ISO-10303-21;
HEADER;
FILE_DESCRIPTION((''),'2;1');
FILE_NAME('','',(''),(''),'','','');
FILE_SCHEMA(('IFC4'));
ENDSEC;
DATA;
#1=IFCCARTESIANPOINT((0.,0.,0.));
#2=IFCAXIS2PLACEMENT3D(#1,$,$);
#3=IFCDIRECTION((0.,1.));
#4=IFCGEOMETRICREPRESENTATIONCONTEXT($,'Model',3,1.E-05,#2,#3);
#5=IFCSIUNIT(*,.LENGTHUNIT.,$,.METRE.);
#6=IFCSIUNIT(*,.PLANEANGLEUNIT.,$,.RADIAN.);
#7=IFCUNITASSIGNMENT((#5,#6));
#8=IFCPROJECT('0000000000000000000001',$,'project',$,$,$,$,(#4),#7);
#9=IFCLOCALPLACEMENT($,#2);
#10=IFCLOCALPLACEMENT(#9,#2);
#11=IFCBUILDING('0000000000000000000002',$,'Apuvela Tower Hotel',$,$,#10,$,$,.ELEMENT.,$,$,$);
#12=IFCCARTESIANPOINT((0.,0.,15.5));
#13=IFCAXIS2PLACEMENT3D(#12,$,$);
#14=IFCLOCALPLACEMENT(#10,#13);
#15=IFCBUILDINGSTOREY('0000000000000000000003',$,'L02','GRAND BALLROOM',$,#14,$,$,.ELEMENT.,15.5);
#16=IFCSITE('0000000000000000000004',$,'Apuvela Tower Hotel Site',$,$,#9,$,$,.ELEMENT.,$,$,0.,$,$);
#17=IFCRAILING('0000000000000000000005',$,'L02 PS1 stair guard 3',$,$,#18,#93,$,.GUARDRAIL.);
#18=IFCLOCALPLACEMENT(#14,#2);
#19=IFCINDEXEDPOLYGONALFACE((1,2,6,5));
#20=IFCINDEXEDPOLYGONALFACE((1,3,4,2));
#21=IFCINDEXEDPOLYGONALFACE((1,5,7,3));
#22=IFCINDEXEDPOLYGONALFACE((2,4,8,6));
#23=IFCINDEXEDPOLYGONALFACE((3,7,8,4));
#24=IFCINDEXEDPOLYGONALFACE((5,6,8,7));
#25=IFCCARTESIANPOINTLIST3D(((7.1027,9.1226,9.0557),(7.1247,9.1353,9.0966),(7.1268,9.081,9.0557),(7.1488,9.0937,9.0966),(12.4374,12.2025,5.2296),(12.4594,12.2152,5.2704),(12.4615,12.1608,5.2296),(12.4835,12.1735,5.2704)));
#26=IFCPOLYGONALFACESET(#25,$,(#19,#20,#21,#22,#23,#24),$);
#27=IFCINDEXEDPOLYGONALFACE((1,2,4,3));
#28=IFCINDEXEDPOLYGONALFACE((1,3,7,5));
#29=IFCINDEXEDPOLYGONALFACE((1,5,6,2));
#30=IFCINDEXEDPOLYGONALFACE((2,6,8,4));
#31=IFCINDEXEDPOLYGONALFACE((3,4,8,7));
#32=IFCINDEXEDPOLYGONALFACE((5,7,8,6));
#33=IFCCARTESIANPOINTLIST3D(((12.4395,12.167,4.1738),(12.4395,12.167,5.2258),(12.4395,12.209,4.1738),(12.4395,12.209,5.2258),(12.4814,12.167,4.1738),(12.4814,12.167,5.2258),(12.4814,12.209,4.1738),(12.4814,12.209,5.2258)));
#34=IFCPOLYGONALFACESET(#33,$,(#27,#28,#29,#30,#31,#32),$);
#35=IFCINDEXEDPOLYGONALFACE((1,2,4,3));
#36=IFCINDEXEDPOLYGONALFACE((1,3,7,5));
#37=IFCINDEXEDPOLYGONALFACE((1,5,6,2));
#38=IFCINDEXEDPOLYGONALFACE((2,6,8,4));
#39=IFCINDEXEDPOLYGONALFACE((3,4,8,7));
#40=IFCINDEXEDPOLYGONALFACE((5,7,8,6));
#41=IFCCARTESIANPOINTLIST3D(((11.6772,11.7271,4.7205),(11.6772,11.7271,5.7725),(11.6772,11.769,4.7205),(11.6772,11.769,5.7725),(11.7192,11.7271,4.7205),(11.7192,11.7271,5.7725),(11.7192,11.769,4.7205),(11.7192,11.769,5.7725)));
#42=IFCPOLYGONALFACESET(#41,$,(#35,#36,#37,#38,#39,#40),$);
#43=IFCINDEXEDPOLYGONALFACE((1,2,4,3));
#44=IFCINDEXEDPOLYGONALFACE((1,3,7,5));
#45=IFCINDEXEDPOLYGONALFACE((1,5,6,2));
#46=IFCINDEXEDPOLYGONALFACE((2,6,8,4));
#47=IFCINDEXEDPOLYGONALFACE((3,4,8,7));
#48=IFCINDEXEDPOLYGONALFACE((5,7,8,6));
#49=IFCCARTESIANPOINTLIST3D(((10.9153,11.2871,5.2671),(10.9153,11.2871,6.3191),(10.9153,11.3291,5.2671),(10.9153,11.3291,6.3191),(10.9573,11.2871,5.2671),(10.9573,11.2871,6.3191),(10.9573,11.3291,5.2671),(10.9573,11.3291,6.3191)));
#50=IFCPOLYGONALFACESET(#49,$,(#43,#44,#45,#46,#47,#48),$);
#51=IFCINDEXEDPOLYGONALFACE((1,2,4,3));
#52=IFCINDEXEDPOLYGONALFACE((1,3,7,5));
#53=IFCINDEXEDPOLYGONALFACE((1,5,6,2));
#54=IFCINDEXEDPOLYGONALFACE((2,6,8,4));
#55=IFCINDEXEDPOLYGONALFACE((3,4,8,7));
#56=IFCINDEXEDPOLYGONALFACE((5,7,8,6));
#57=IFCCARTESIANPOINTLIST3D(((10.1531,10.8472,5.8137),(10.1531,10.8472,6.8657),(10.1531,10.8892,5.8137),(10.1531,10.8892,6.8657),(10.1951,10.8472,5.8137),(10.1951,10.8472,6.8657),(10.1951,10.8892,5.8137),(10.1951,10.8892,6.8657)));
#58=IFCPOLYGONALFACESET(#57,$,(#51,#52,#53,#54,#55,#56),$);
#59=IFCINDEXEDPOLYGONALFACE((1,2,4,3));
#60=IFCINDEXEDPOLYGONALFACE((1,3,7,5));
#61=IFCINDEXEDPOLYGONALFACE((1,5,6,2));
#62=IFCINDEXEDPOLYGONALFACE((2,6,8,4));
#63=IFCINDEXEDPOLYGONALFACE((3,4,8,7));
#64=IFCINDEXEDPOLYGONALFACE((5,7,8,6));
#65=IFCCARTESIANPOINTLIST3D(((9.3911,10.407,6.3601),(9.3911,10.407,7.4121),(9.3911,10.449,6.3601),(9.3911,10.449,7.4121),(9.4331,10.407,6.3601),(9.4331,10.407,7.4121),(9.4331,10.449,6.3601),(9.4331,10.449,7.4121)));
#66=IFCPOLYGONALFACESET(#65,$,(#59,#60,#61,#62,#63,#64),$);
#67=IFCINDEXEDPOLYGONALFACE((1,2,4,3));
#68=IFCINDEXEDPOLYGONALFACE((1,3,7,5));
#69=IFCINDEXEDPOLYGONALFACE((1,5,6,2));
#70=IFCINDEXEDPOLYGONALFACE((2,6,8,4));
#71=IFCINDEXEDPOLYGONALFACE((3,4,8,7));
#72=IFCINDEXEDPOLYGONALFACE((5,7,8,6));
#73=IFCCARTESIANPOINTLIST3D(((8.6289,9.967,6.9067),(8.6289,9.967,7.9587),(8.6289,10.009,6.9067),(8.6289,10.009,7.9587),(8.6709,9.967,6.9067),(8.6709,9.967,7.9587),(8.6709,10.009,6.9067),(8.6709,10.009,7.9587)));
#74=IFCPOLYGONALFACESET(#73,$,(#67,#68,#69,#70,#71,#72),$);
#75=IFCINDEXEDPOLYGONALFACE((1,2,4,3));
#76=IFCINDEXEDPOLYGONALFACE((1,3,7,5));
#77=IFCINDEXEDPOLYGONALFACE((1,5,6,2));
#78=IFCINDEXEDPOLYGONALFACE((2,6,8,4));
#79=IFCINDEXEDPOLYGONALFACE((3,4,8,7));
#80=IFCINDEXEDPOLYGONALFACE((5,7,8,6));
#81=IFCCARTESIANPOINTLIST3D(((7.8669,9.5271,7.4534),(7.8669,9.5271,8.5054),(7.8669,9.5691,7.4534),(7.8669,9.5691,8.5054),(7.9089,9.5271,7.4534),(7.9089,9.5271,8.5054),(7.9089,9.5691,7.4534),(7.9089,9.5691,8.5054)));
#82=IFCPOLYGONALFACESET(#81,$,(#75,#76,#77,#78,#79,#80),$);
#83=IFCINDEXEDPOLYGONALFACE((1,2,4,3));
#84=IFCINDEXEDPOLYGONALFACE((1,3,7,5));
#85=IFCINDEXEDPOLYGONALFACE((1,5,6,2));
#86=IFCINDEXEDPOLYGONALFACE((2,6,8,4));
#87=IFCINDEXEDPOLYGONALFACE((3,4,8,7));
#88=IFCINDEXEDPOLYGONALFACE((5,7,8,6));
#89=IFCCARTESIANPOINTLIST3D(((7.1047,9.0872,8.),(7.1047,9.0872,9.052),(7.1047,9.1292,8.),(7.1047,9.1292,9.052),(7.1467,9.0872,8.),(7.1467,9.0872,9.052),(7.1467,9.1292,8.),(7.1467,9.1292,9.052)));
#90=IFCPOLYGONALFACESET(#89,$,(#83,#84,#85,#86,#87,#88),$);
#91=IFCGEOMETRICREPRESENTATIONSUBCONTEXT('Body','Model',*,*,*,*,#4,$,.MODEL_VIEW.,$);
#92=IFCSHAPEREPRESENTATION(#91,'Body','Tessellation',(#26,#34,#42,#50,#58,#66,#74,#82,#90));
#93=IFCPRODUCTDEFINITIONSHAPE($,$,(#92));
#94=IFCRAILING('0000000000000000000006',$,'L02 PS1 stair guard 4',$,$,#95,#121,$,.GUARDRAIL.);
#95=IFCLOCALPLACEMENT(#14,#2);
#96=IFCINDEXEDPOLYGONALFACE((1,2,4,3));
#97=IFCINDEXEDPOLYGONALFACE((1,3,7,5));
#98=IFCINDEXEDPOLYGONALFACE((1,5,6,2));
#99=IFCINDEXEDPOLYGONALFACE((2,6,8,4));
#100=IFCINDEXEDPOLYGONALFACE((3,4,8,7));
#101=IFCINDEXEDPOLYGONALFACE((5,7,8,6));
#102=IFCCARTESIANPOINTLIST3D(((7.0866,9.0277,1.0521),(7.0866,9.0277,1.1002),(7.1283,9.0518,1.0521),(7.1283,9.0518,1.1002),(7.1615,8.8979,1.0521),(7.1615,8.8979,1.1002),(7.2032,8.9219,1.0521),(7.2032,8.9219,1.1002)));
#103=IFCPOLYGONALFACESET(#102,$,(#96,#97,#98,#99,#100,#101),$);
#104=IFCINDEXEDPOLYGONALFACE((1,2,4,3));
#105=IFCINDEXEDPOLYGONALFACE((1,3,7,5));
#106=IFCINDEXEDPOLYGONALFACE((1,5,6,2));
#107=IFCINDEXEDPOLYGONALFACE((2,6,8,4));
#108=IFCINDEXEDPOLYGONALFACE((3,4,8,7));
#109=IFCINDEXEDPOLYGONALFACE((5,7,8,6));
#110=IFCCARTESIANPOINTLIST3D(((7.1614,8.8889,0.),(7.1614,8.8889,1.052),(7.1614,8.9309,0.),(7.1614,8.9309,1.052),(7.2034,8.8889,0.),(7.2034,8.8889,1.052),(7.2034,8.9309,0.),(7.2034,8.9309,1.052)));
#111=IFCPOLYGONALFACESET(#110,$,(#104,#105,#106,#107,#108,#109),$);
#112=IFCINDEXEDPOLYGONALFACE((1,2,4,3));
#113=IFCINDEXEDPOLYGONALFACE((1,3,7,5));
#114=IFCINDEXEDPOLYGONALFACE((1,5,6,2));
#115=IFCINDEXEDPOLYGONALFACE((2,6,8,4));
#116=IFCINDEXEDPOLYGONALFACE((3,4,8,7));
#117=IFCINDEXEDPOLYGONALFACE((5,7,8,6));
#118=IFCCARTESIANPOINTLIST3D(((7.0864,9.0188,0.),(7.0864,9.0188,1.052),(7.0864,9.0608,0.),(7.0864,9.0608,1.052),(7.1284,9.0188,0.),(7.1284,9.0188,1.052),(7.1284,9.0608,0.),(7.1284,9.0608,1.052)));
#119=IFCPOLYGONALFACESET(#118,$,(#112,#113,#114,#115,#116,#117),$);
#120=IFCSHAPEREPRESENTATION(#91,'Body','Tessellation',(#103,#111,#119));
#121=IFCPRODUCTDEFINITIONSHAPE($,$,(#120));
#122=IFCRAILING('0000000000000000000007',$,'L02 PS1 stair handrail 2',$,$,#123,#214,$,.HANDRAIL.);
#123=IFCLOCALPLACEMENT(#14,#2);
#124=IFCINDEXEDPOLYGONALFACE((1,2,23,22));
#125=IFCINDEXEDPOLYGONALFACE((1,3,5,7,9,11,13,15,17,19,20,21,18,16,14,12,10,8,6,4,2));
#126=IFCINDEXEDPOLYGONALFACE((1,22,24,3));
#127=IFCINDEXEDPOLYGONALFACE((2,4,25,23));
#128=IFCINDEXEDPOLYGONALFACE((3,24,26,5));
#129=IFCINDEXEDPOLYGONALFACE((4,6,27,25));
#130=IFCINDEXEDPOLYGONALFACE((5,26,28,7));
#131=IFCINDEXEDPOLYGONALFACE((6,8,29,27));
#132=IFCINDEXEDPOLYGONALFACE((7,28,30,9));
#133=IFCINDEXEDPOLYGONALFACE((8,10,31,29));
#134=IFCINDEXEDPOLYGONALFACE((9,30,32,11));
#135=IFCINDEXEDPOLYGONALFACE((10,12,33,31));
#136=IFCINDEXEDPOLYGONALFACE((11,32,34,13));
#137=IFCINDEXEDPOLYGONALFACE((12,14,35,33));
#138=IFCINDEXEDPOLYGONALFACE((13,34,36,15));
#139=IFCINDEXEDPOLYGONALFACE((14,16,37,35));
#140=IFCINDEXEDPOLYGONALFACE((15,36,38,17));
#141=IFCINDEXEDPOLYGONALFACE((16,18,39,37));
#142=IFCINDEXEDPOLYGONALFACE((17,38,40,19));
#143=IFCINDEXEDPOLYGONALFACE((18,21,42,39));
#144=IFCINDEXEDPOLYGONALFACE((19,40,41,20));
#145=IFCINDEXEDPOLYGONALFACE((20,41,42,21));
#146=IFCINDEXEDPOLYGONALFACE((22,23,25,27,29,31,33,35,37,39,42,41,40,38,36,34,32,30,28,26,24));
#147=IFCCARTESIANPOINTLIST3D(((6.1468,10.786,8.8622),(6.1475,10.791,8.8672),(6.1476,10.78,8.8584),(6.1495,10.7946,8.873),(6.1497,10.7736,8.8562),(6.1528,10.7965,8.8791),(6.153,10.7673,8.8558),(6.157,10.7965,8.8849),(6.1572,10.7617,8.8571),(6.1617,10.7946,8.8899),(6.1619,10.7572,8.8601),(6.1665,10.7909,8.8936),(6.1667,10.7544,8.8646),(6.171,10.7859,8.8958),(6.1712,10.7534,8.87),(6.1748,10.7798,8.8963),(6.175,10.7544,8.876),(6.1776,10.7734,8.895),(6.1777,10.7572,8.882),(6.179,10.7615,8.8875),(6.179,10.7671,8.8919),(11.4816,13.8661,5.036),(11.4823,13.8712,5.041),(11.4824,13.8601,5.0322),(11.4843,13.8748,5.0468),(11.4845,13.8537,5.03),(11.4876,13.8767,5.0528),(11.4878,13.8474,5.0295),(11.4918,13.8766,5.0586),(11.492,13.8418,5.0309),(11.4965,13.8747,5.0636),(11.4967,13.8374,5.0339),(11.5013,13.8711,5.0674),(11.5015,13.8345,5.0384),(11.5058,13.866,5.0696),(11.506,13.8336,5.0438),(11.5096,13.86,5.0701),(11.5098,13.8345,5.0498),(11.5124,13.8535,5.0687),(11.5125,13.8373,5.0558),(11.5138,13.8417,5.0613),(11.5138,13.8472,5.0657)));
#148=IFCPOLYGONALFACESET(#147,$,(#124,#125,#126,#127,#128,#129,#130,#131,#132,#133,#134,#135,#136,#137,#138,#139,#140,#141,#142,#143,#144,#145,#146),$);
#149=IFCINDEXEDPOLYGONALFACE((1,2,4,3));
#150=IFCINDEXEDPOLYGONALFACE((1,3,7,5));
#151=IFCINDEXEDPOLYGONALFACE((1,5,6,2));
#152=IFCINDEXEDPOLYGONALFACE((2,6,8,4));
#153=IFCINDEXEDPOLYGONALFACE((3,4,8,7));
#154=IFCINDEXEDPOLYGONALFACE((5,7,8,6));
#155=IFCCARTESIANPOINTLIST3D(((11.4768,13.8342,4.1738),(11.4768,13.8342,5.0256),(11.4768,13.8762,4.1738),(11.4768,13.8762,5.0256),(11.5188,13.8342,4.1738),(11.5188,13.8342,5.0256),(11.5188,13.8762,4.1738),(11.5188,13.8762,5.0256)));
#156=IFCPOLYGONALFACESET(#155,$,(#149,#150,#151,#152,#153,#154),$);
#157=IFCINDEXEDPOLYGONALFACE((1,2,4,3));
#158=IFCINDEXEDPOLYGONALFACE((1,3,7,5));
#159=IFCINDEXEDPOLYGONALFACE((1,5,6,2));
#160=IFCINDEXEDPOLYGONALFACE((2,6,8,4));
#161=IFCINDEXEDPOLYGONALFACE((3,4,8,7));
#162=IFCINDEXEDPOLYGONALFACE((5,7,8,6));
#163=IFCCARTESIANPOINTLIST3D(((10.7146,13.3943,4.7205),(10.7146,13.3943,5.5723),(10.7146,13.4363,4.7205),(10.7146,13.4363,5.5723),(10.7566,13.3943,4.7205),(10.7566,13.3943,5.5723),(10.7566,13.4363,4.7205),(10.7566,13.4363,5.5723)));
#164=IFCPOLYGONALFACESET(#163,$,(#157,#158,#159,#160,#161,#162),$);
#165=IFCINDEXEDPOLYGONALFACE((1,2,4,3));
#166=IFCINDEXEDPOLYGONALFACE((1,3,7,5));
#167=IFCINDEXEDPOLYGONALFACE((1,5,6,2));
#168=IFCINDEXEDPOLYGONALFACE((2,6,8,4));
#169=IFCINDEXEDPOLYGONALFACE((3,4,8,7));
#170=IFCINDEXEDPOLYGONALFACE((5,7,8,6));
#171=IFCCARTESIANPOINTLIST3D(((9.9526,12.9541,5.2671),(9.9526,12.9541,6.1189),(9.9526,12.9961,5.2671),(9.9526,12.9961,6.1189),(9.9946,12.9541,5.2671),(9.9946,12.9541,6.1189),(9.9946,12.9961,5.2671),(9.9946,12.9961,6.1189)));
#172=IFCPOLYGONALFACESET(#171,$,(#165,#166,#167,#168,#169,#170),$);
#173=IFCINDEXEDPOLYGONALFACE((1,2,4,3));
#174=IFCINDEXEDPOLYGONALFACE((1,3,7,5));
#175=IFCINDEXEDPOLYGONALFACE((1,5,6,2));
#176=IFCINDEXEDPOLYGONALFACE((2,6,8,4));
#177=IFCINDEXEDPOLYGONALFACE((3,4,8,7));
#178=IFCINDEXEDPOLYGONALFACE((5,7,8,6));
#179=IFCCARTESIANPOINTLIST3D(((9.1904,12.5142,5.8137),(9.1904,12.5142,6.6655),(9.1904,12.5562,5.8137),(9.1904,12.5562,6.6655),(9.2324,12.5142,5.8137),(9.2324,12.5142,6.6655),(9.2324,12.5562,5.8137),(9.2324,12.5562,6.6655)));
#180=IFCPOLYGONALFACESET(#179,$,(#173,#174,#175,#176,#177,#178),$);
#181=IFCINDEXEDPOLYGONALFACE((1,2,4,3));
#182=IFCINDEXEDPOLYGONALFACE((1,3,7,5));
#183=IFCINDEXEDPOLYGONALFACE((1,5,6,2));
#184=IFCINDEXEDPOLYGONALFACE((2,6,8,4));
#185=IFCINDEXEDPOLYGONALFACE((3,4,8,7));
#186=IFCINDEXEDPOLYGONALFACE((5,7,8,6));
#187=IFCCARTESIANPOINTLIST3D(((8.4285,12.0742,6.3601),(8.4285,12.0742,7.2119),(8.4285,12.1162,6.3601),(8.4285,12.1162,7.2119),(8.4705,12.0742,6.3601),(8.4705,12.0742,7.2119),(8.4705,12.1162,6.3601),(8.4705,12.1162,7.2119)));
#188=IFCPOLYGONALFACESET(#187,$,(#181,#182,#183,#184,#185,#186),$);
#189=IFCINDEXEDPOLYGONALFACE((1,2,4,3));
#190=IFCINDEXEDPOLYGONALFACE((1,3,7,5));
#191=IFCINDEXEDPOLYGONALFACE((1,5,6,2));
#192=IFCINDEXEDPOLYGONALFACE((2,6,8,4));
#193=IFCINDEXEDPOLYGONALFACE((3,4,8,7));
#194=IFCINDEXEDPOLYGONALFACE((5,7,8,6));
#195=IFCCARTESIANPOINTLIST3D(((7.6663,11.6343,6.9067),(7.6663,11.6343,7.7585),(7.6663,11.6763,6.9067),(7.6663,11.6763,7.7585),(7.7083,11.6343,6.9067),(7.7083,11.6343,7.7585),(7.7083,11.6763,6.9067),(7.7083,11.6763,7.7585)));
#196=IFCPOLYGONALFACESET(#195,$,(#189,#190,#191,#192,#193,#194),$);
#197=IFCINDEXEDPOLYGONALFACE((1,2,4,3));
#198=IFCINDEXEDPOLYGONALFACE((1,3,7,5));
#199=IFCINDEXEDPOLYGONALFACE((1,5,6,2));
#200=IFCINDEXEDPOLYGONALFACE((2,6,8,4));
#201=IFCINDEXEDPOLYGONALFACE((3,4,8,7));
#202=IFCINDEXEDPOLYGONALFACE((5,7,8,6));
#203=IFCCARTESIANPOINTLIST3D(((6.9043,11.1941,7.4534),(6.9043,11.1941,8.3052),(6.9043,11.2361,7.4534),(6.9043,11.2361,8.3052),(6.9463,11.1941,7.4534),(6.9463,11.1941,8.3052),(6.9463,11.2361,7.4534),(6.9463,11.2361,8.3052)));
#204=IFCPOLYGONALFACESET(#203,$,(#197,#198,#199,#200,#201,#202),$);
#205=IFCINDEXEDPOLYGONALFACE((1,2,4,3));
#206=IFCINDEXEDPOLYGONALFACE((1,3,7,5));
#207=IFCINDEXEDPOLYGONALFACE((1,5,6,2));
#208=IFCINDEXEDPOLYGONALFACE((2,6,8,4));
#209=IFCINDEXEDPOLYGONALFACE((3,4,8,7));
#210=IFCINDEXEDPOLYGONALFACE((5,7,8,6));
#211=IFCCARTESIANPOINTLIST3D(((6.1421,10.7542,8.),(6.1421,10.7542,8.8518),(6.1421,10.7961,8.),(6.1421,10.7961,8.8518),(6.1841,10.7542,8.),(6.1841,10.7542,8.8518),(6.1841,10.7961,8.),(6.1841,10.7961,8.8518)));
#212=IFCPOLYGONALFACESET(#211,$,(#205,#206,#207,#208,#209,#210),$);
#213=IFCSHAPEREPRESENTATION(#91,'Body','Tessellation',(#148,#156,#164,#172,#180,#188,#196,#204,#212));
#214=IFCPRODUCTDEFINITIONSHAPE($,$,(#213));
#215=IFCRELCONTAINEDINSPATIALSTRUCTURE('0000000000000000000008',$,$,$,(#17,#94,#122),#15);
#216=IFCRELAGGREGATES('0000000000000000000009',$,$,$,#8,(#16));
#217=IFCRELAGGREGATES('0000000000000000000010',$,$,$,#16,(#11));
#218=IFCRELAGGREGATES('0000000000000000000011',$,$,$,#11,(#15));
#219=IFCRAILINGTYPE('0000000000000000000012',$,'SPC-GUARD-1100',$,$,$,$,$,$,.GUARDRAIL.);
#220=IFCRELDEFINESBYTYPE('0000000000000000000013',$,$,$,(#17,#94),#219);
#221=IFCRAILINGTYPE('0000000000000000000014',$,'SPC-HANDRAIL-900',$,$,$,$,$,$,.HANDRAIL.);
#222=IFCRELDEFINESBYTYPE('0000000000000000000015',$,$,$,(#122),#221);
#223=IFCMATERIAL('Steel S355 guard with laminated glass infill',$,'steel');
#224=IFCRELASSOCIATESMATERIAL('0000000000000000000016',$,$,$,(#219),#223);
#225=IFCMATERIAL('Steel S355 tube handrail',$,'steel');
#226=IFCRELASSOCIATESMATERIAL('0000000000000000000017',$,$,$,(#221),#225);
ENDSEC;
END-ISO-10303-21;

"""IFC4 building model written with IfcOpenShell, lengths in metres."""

from ifc_helpers import new_model, si_unit, direction, frame, origin, origin_2d, place, context, subcontext, project, spatial, rectangle, circle, extrude, material, type_object, element, save


model = new_model("IFC4")

# Units and contexts
model_context = context("Model", 3, precision=1e-05, world=origin(), true_north=direction((0.0, 1.0)))
body_context = subcontext(model_context, "Body", "Model", "MODEL_VIEW")
ifc_project = project(units=[si_unit("LENGTHUNIT", "METRE"), si_unit("PLANEANGLEUNIT", "RADIAN")], contexts=[model_context])

# Site, building, storey
site_placement = place(None, origin())
site = spatial("IfcSite", under=ifc_project, at=site_placement, Name="Apuvela Tower Hotel Site", CompositionType="ELEMENT", RefElevation=0.0)
building_placement = place(site_placement, origin())
building = spatial("IfcBuilding", under=site, at=building_placement, Name="Apuvela Tower Hotel", CompositionType="ELEMENT")
storey_placement = place(building_placement, frame((0.0, 0.0, 15.5)))
storey = spatial("IfcBuildingStorey", under=building, at=storey_placement, Name="L02", Description="GRAND BALLROOM", CompositionType="ELEMENT", Elevation=15.5)

# Railings
ifc_material_1 = material(Name="Steel S355 guard with laminated glass infill", Category="steel")
railing_type_1 = type_object("IfcRailingType", Name="SPC-GUARD-1100", PredefinedType="GUARDRAIL", material=ifc_material_1)
railing_1_placement = place(storey_placement, frame((12.4604, 12.188, 4.1738)))
element("IfcRailing", 1, at=railing_1_placement, inside=storey, type_object=railing_type_1, Name="L02 PS1 stair guard 3", PredefinedType="GUARDRAIL", context=body_context, shape_type="SweptSolid", body=[
    extrude(rectangle(XDim=0.0481, YDim=0.0481, at=origin_2d()), frame((0.0, 0.0, 1.0762), z_axis=(-0.735671, -0.424717, 0.527639), x_axis=(0.49998, -0.866037, 0.0)), (0.0, 0.0, 1.0), 7.2515),
    extrude(rectangle(XDim=0.042, YDim=0.042, at=origin_2d()), origin(), (0.0, 0.0, 1.0), 1.052),
    extrude(rectangle(XDim=0.042, YDim=0.042, at=origin_2d()), frame((-0.7622, -0.4399, 0.5466)), (0.0, 0.0, 1.0), 1.052),
    extrude(rectangle(XDim=0.042, YDim=0.042, at=origin_2d()), frame((-1.5242, -0.8799, 1.0933)), (0.0, 0.0, 1.0), 1.052),
    extrude(rectangle(XDim=0.042, YDim=0.042, at=origin_2d()), frame((-2.2864, -1.3198, 1.6399)), (0.0, 0.0, 1.0), 1.052),
    extrude(rectangle(XDim=0.042, YDim=0.042, at=origin_2d()), frame((-3.0483, -1.76, 2.1863)), (0.0, 0.0, 1.0), 1.052),
    extrude(rectangle(XDim=0.042, YDim=0.042, at=origin_2d()), frame((-3.8105, -2.2, 2.7329)), (0.0, 0.0, 1.0), 1.052),
    extrude(rectangle(XDim=0.042, YDim=0.042, at=origin_2d()), frame((-4.5725, -2.6399, 3.2795)), (0.0, 0.0, 1.0), 1.052),
    extrude(rectangle(XDim=0.042, YDim=0.042, at=origin_2d()), frame((-5.3347, -3.0798, 3.8262)), (0.0, 0.0, 1.0), 1.052),
])
railing_2_placement = place(storey_placement, frame((7.1824, 8.9099, 0.0)))
element("IfcRailing", 2, at=railing_2_placement, inside=storey, type_object=railing_type_1, Name="L02 PS1 stair guard 4", PredefinedType="GUARDRAIL", context=body_context, shape_type="SweptSolid", body=[
    extrude(rectangle(XDim=0.0481, YDim=0.0481, at=origin_2d()), frame((0.0, 0.0, 1.0762), z_axis=(-0.499816, 0.866131, 0.0), x_axis=(-0.866131, -0.499816, 0.0)), (0.0, 0.0, 1.0), 0.1499),
    extrude(rectangle(XDim=0.042, YDim=0.042, at=origin_2d()), origin(), (0.0, 0.0, 1.0), 1.052),
    extrude(rectangle(XDim=0.042, YDim=0.042, at=origin_2d()), frame((-0.075, 0.1299, 0.0)), (0.0, 0.0, 1.0), 1.052),
])
ifc_material_2 = material(Name="Steel S355 tube handrail", Category="steel")
railing_type_2 = type_object("IfcRailingType", Name="SPC-HANDRAIL-900", PredefinedType="HANDRAIL", material=ifc_material_2)
railing_3_placement = place(storey_placement, frame((11.4978, 13.8552, 4.1738)))
element("IfcRailing", 3, at=railing_3_placement, inside=storey, type_object=railing_type_2, Name="L02 PS1 stair handrail 2", PredefinedType="HANDRAIL", context=body_context, shape_type="SweptSolid", body=[
    extrude(circle(Radius=0.0239, at=origin_2d()), frame((0.0, 0.0, 0.876), z_axis=(-0.735661, -0.424745, 0.527632), x_axis=(0.500009, -0.86602, 0.0)), (0.0, 0.0, 1.0), 7.2517),
    extrude(rectangle(XDim=0.042, YDim=0.042, at=origin_2d()), origin(), (0.0, 0.0, 1.0), 0.8518),
    extrude(rectangle(XDim=0.042, YDim=0.042, at=origin_2d()), frame((-0.7622, -0.4399, 0.5466)), (0.0, 0.0, 1.0), 0.8518),
    extrude(rectangle(XDim=0.042, YDim=0.042, at=origin_2d()), frame((-1.5242, -0.8801, 1.0933)), (0.0, 0.0, 1.0), 0.8518),
    extrude(rectangle(XDim=0.042, YDim=0.042, at=origin_2d()), frame((-2.2864, -1.3201, 1.6399)), (0.0, 0.0, 1.0), 0.8518),
    extrude(rectangle(XDim=0.042, YDim=0.042, at=origin_2d()), frame((-3.0483, -1.76, 2.1863)), (0.0, 0.0, 1.0), 0.8518),
    extrude(rectangle(XDim=0.042, YDim=0.042, at=origin_2d()), frame((-3.8105, -2.2, 2.7329)), (0.0, 0.0, 1.0), 0.8518),
    extrude(rectangle(XDim=0.042, YDim=0.042, at=origin_2d()), frame((-4.5725, -2.6401, 3.2795)), (0.0, 0.0, 1.0), 0.8518),
    extrude(rectangle(XDim=0.042, YDim=0.042, at=origin_2d()), frame((-5.3347, -3.0801, 3.8262)), (0.0, 0.0, 1.0), 0.8518),
])

save(model, "model.ifc")
